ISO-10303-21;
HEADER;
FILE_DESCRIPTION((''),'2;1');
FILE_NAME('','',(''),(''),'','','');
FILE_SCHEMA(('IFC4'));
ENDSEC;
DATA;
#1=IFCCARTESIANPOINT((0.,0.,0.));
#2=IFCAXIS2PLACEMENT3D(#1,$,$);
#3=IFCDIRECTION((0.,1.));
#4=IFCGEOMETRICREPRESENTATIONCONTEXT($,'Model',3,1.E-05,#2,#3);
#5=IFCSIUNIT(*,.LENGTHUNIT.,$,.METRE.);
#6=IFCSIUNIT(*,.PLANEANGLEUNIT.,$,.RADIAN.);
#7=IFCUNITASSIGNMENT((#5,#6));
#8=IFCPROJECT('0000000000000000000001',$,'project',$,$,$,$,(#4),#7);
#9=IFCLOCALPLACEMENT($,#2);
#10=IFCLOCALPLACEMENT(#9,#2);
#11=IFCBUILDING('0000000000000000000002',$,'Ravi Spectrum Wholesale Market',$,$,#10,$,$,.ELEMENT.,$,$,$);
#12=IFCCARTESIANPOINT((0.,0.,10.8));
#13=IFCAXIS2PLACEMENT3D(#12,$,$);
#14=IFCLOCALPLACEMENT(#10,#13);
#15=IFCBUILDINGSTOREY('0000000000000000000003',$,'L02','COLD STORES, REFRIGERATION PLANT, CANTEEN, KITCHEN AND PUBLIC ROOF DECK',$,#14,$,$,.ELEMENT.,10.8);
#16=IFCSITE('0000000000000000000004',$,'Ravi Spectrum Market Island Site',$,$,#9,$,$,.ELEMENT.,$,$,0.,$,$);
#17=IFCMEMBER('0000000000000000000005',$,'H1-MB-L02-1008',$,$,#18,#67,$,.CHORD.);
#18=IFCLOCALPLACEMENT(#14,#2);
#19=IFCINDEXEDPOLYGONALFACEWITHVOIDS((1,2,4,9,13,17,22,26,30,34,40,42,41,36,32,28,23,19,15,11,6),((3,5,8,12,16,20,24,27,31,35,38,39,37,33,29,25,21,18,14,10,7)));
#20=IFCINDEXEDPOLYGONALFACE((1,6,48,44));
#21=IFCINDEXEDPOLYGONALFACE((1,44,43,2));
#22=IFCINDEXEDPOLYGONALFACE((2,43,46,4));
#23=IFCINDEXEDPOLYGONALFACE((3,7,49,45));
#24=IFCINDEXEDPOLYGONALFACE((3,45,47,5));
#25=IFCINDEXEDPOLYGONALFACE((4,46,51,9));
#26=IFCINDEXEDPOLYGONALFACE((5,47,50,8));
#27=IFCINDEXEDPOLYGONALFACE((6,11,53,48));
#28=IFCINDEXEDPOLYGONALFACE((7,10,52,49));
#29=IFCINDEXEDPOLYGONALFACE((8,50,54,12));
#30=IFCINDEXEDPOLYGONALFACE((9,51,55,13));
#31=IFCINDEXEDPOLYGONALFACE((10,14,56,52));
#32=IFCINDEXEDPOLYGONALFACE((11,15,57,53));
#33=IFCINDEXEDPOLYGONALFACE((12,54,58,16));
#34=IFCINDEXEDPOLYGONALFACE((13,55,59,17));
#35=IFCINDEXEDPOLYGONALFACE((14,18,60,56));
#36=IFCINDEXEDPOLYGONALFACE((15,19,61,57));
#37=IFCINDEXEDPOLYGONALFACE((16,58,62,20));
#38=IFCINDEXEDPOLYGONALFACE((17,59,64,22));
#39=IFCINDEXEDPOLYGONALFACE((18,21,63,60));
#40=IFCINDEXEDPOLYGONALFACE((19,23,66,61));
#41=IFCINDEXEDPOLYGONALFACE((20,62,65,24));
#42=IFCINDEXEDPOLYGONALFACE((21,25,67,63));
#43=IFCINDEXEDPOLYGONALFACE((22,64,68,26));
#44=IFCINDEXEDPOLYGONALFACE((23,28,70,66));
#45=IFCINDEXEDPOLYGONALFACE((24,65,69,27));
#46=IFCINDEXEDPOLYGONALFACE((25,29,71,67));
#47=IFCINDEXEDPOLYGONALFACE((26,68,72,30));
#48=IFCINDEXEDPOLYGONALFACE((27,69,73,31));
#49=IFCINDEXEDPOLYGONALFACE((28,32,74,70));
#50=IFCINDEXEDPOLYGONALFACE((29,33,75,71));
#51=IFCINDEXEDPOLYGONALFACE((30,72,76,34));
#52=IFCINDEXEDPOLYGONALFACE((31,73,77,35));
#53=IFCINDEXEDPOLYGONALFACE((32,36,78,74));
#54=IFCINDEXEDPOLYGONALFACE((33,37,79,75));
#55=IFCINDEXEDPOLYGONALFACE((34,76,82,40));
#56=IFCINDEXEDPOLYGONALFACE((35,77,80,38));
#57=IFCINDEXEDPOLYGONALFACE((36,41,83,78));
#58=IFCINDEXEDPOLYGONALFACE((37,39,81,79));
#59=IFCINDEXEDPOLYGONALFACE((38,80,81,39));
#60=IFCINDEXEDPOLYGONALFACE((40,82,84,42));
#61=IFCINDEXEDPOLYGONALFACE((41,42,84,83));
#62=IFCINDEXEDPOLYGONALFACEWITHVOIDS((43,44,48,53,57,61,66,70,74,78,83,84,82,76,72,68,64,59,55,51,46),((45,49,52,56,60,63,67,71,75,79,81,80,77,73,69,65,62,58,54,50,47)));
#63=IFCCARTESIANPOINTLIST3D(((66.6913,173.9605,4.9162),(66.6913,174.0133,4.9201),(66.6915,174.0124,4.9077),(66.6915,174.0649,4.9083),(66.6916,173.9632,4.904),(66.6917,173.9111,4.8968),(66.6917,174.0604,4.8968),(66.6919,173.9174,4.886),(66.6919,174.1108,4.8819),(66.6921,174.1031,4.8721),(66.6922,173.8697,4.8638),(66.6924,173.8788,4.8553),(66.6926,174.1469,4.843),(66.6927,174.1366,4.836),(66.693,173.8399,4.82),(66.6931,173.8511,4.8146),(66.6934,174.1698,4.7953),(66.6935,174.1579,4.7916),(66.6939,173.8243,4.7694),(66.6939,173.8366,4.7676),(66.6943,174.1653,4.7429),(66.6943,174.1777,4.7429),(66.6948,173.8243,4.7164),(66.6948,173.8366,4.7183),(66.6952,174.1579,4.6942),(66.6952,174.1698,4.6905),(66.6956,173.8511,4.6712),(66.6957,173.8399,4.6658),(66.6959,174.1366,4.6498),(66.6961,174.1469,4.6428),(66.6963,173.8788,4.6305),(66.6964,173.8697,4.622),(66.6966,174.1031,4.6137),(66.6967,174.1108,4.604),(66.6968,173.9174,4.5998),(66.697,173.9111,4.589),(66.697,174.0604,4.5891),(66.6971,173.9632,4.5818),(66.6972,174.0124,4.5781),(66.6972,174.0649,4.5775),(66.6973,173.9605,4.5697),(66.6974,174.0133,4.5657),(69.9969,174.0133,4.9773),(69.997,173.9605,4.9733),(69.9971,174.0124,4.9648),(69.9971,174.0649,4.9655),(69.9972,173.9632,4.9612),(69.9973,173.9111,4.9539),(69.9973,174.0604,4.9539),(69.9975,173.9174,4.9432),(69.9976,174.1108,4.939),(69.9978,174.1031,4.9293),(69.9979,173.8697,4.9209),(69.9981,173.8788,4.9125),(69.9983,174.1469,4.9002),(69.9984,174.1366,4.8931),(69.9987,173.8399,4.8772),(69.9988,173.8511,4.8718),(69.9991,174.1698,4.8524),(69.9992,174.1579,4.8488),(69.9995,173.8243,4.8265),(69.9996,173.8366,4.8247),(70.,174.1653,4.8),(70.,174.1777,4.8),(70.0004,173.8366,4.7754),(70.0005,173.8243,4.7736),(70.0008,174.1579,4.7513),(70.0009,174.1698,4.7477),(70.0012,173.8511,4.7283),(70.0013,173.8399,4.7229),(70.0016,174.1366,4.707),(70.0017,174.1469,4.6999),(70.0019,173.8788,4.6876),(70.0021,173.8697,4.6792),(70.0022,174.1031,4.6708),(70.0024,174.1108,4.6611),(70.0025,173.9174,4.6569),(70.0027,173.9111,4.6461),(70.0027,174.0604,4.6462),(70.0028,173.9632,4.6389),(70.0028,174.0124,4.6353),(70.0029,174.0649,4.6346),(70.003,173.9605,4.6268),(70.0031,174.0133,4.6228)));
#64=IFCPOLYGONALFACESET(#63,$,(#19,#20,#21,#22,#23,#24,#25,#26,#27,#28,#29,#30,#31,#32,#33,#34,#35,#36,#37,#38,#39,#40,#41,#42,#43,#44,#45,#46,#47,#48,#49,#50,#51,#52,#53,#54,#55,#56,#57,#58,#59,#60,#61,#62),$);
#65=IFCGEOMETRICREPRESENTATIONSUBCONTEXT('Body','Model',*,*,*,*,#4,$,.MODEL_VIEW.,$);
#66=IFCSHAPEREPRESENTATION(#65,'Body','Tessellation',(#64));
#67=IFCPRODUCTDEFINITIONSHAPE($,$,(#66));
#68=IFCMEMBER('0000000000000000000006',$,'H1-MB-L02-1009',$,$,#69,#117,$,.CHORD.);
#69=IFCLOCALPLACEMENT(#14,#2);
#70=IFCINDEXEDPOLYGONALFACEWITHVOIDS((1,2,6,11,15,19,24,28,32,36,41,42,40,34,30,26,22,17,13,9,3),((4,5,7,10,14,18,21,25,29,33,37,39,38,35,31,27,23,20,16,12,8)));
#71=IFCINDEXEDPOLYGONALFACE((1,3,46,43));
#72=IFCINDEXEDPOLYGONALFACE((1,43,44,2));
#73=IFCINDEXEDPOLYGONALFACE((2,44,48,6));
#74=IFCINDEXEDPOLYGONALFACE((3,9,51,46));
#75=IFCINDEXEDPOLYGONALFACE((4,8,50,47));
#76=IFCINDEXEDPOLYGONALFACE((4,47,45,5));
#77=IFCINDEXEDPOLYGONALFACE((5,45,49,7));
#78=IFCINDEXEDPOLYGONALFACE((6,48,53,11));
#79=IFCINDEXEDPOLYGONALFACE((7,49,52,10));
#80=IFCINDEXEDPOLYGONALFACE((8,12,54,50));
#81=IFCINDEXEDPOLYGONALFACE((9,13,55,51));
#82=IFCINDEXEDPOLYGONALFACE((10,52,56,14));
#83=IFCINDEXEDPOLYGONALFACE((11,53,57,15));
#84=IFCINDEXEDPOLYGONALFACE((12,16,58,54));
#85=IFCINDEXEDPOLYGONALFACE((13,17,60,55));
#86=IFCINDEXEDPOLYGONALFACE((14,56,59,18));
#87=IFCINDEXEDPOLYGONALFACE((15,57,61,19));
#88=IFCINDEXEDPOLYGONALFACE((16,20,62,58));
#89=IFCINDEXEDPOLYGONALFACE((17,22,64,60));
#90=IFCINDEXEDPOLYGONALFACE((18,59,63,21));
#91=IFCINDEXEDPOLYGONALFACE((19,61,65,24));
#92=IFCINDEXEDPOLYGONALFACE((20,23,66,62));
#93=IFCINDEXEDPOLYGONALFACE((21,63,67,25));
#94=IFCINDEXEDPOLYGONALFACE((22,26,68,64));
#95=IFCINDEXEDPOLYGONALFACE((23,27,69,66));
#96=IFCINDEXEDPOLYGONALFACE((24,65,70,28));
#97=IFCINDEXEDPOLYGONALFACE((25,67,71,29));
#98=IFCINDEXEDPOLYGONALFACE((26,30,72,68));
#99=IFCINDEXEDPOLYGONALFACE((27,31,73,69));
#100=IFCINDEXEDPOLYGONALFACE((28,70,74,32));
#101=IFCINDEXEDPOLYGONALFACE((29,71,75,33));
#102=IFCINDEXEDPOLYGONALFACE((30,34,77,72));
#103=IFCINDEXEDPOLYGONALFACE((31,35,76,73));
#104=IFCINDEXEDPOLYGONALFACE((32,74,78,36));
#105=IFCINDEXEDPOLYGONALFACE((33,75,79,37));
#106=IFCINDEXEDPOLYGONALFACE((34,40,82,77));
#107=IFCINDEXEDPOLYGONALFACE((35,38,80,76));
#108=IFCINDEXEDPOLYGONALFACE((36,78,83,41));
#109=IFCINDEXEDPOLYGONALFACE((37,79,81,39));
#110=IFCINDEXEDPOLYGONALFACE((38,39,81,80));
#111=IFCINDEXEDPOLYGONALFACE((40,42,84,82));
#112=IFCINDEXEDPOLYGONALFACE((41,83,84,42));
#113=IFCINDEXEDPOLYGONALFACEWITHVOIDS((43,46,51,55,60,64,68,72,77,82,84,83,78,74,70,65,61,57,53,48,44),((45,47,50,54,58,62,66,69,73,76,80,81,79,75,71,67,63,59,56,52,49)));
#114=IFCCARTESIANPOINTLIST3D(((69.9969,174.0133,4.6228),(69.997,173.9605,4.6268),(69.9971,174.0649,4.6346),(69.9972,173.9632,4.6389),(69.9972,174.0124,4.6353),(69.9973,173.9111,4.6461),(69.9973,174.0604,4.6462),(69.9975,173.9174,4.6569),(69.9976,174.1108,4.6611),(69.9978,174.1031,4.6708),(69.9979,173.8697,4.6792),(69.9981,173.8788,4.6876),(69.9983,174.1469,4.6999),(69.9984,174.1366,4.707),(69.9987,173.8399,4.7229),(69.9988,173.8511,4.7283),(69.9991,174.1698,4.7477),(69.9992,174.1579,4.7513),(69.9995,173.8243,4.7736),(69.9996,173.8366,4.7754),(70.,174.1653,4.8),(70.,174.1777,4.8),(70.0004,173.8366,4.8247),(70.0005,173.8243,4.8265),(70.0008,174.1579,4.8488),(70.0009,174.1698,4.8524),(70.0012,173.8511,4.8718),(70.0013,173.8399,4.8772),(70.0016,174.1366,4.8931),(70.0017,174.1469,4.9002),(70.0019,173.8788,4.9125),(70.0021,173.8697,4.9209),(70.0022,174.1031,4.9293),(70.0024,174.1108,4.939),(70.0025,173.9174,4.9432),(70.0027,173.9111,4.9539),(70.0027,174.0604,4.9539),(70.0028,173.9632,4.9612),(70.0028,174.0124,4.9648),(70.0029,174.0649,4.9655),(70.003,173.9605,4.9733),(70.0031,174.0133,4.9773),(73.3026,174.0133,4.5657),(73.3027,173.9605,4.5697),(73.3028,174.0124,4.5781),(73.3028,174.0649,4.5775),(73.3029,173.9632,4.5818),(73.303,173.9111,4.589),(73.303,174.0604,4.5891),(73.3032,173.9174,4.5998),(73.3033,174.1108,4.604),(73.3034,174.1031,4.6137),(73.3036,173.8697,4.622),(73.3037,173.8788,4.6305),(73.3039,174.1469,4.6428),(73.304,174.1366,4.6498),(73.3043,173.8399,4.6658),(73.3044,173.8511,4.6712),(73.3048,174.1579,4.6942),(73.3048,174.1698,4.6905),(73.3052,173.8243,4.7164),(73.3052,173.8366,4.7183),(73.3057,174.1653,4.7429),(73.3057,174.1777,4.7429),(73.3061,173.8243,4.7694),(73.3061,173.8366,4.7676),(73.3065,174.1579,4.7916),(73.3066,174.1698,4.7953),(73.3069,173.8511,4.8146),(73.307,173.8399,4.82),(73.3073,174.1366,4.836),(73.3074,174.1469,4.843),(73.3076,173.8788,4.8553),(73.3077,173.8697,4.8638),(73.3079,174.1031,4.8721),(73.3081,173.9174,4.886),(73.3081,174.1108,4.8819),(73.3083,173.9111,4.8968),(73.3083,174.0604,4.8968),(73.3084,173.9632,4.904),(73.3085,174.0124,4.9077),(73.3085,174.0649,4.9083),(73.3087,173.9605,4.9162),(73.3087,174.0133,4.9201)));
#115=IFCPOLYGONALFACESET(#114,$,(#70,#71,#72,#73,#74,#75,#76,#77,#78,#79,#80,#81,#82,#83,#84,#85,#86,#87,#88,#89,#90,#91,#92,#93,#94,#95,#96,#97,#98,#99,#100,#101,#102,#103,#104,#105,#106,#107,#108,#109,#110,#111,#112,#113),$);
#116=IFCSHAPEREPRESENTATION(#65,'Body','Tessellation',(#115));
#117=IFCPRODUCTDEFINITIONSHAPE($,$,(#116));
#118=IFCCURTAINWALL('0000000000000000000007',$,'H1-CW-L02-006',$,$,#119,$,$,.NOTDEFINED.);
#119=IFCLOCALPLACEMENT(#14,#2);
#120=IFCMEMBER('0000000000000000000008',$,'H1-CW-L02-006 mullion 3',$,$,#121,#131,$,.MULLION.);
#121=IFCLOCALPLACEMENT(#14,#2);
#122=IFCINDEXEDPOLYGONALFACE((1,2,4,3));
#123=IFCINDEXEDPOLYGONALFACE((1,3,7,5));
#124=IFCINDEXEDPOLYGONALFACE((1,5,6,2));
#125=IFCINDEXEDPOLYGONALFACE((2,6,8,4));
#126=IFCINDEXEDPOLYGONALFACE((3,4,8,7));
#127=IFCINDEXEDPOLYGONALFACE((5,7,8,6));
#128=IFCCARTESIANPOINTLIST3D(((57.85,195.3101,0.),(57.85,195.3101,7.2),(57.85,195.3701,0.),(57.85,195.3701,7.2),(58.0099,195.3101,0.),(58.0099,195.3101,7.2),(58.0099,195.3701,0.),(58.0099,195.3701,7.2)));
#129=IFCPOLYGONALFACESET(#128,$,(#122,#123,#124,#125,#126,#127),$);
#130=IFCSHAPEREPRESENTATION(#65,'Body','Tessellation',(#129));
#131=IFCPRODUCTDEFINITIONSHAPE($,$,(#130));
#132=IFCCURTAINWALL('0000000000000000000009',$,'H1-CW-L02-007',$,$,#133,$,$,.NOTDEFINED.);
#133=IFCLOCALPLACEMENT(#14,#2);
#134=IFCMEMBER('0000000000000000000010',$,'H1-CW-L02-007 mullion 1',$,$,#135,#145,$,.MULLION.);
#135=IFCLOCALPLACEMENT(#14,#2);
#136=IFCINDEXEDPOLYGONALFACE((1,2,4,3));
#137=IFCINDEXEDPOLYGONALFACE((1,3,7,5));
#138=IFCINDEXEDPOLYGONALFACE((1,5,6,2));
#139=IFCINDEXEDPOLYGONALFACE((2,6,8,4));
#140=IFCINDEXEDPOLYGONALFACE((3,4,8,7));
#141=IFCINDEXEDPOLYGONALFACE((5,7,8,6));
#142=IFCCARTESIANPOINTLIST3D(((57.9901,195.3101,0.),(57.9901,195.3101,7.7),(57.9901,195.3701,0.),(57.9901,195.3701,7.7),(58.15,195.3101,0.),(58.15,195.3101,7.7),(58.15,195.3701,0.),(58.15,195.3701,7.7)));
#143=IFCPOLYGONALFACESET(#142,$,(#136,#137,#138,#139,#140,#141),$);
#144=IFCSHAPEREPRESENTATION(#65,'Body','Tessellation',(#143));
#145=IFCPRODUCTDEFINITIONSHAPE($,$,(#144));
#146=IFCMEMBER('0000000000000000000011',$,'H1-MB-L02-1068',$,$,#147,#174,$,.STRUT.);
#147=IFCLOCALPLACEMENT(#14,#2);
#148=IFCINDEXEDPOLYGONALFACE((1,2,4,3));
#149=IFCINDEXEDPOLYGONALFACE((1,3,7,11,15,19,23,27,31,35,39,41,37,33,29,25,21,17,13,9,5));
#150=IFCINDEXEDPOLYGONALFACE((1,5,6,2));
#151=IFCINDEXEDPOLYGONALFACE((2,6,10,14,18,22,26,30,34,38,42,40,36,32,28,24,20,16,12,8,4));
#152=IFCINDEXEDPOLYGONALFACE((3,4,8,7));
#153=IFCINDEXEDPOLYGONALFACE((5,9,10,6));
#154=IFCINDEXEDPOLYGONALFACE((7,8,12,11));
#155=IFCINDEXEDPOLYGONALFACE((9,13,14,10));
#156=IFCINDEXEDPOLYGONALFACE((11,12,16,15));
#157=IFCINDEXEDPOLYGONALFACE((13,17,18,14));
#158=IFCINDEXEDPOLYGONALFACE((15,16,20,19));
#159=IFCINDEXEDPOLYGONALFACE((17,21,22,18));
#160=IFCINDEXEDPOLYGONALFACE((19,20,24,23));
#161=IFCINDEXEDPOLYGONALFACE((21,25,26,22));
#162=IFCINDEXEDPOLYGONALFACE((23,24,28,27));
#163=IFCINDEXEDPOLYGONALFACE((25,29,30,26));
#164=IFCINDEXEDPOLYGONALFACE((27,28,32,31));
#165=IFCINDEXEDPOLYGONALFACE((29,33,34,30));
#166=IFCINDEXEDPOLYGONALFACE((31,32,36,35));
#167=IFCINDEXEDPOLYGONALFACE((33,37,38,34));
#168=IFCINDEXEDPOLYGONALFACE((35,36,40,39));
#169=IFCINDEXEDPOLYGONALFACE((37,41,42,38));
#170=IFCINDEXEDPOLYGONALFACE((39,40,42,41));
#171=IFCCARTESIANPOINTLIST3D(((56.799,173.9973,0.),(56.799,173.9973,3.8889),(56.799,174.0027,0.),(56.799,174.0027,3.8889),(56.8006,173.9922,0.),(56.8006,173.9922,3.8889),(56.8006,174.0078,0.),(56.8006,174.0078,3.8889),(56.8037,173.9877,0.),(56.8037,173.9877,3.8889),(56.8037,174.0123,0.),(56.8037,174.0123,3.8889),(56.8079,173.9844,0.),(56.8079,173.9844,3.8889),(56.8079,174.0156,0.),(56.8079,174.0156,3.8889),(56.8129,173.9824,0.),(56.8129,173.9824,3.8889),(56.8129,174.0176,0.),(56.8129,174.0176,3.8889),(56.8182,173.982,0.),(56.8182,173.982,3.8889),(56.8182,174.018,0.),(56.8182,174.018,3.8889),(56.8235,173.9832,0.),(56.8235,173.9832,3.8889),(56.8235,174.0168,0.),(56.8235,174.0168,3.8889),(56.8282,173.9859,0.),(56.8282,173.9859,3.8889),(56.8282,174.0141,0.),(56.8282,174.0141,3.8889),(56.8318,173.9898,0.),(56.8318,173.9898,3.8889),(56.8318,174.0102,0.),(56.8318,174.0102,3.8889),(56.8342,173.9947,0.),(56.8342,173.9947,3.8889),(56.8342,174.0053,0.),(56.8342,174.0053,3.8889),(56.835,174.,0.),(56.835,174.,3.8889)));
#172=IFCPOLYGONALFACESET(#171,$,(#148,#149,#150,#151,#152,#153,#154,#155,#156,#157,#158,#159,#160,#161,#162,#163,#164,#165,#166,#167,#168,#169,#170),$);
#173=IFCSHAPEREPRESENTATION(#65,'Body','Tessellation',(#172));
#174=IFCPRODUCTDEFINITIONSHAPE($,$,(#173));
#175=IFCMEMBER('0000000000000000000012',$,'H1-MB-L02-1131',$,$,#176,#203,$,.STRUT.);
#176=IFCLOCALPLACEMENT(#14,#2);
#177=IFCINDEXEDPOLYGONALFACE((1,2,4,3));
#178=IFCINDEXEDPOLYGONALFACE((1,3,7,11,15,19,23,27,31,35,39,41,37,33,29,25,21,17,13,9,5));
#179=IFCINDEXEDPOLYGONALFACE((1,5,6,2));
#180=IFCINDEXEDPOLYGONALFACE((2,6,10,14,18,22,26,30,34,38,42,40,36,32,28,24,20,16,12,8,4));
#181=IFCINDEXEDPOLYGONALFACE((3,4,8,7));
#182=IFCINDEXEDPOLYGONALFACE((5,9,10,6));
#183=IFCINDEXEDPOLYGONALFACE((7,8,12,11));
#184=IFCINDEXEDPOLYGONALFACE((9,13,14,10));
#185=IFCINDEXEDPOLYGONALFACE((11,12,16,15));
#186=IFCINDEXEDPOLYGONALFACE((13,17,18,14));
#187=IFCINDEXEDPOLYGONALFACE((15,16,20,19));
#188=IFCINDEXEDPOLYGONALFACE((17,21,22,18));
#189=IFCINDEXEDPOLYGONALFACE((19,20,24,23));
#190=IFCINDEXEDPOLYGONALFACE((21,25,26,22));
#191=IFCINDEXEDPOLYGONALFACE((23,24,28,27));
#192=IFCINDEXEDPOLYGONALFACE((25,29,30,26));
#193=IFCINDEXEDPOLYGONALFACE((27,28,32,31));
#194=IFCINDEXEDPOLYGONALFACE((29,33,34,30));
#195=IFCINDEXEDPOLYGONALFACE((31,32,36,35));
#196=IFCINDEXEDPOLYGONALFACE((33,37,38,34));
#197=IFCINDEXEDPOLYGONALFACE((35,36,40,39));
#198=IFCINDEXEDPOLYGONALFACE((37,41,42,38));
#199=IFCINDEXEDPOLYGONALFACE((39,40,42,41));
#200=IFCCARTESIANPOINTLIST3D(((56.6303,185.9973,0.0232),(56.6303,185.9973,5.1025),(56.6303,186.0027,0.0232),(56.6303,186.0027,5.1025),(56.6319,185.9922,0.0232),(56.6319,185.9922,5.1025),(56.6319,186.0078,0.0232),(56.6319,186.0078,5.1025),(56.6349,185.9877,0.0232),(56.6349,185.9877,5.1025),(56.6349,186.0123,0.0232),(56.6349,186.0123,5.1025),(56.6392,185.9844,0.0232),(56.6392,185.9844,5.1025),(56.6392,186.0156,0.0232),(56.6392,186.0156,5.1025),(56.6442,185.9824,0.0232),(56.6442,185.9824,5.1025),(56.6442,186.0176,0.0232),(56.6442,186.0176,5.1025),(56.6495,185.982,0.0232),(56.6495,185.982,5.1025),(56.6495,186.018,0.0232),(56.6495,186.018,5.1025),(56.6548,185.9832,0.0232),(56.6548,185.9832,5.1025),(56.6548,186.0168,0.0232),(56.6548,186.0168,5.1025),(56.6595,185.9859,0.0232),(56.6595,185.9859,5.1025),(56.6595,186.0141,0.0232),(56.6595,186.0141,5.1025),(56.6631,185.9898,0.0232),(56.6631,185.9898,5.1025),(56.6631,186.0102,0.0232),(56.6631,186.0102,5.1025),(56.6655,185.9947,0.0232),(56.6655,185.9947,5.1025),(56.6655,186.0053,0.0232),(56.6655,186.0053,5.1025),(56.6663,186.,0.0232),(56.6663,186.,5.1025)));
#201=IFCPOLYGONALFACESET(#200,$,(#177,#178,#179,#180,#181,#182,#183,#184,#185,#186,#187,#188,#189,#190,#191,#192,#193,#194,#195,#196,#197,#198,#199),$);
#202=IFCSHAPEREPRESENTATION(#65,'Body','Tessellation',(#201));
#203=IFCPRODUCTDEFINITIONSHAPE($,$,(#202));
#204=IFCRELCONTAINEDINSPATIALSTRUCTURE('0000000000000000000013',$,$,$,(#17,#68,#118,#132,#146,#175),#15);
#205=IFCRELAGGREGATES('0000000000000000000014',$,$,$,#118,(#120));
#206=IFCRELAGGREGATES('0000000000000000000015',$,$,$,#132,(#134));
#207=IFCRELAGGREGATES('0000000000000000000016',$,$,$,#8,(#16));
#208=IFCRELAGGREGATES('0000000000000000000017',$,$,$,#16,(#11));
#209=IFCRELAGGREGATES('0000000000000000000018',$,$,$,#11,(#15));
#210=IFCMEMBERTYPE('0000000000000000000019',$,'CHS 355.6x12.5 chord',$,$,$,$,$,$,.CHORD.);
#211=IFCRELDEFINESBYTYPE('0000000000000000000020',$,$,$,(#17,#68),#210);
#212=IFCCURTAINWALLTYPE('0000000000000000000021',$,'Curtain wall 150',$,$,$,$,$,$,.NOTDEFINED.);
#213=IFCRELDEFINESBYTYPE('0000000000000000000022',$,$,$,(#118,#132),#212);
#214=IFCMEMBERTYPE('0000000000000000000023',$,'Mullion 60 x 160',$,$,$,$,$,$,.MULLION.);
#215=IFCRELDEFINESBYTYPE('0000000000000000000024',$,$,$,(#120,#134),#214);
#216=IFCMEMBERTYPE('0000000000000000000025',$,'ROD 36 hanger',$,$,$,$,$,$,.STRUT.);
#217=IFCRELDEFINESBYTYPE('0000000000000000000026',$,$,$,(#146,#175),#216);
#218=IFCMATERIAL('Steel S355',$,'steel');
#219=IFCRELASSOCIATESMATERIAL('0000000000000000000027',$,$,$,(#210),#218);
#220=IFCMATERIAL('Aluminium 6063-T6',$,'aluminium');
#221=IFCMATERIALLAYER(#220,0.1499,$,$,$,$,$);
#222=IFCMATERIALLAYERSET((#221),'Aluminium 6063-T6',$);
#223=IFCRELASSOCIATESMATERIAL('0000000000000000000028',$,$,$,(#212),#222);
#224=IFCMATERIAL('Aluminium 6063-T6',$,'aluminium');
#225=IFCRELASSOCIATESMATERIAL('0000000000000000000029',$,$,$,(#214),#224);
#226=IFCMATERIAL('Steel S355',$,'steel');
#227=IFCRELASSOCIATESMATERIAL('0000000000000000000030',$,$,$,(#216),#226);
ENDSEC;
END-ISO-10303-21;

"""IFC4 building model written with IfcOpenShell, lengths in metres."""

from ifc_helpers import new_model, si_unit, direction, frame, origin, origin_2d, place, context, subcontext, project, spatial, rectangle, circle, hollow_circle, extrude, material, layer, layer_set, material_profile, profile_set, type_object, element, aggregate, save


model = new_model("IFC4")

# Units and contexts
model_context = context("Model", 3, precision=1e-05, world=origin(), true_north=direction((0.0, 1.0)))
body_context = subcontext(model_context, "Body", "Model", "MODEL_VIEW")
ifc_project = project(units=[si_unit("LENGTHUNIT", "METRE"), si_unit("PLANEANGLEUNIT", "RADIAN")], contexts=[model_context])

# Site, building, storey
site_placement = place(None, origin())
site = spatial("IfcSite", under=ifc_project, at=site_placement, Name="Ravi Spectrum Market Island Site", CompositionType="ELEMENT", RefElevation=0.0)
building_placement = place(site_placement, origin())
building = spatial("IfcBuilding", under=site, at=building_placement, Name="Ravi Spectrum Wholesale Market", CompositionType="ELEMENT")
storey_placement = place(building_placement, frame((0.0, 0.0, 10.8)))
storey = spatial("IfcBuildingStorey", under=building, at=storey_placement, Name="L02", Description="COLD STORES, REFRIGERATION PLANT, CANTEEN, KITCHEN AND PUBLIC ROOF DECK", CompositionType="ELEMENT", Elevation=10.8)

# Members
ifc_material_1 = material(Name="Steel S355", Category="steel")
ifc_material_profile_1 = material_profile(ifc_material_1, hollow_circle(Radius=0.1777, WallThickness=0.0125, at=origin_2d()))
ifc_profile_set_1 = profile_set([ifc_material_profile_1], Name="Steel S355")
member_type_1 = type_object("IfcMemberType", Name="CHS 355.6x12.5 chord", PredefinedType="CHORD", material=ifc_profile_set_1)
for number, where, z_axis, x_axis, name in (
    (1, (66.6943, 174.0, 4.7429), (0.999851, 0.0, 0.01728), (0.0, 1.0, 0.0), "H1-MB-L02-1008"),
    (2, (70.0, 174.0, 4.8), (0.999851, 0.0, -0.01728), (0.0, 1.0, 0.0), "H1-MB-L02-1009"),
):
    element("IfcMember", number, at=place(storey_placement, frame(where, z_axis=z_axis, x_axis=x_axis)), inside=storey, type_object=member_type_1, Name=name, PredefinedType="CHORD", context=body_context, shape_type="SweptSolid", body=[
        extrude(hollow_circle(Radius=0.1777, WallThickness=0.0125, at=origin_2d()), origin(), (0.0, 0.0, 1.0), 3.3062),
    ])

# Curtain walls, members
ifc_material_2 = material(Name="Aluminium 6063-T6", Category="aluminium")
ifc_layer_1 = layer(ifc_material_2, 0.1499)
ifc_layer_set_1 = layer_set([ifc_layer_1], Name="Aluminium 6063-T6")
curtain_wall_type = type_object("IfcCurtainWallType", Name="Curtain wall 150", PredefinedType="NOTDEFINED", material=ifc_layer_set_1)
curtain_wall_1_placement = place(storey_placement, origin())
curtain_wall_1 = element("IfcCurtainWall", 3, at=curtain_wall_1_placement, inside=storey, type_object=curtain_wall_type, Name="H1-CW-L02-006", PredefinedType="NOTDEFINED")
ifc_material_3 = material(Name="Aluminium 6063-T6", Category="aluminium")
ifc_material_profile_2 = material_profile(ifc_material_3, rectangle(XDim=0.0601, YDim=0.1599, at=origin_2d()))
ifc_profile_set_2 = profile_set([ifc_material_profile_2], Name="Aluminium 6063-T6")
member_type_2 = type_object("IfcMemberType", Name="Mullion 60 x 160", PredefinedType="MULLION", material=ifc_profile_set_2)
member_1_placement = place(storey_placement, frame((57.9299, 195.3401, 0.0), z_axis=(0.0, 0.0, 1.0), x_axis=(0.0, 1.0, 0.0)))
member_1 = element("IfcMember", 4, at=member_1_placement, type_object=member_type_2, Name="H1-CW-L02-006 mullion 3", PredefinedType="MULLION", context=body_context, shape_type="SweptSolid", body=[
    extrude(rectangle(XDim=0.0601, YDim=0.1599, at=origin_2d()), origin(), (0.0, 0.0, 1.0), 7.2),
])
curtain_wall_2_placement = place(storey_placement, origin())
curtain_wall_2 = element("IfcCurtainWall", 5, at=curtain_wall_2_placement, inside=storey, type_object=curtain_wall_type, Name="H1-CW-L02-007", PredefinedType="NOTDEFINED")
member_2_placement = place(storey_placement, frame((58.0701, 195.3401, 0.0), z_axis=(0.0, 0.0, 1.0), x_axis=(0.0, 1.0, 0.0)))
member_2 = element("IfcMember", 6, at=member_2_placement, type_object=member_type_2, Name="H1-CW-L02-007 mullion 1", PredefinedType="MULLION", context=body_context, shape_type="SweptSolid", body=[
    extrude(rectangle(XDim=0.0601, YDim=0.1599, at=origin_2d()), origin(), (0.0, 0.0, 1.0), 7.7),
])

# Members
ifc_material_4 = material(Name="Steel S355", Category="steel")
ifc_material_profile_3 = material_profile(ifc_material_4, circle(Radius=0.0181, at=origin_2d()))
ifc_profile_set_3 = profile_set([ifc_material_profile_3], Name="Steel S355")
member_type_3 = type_object("IfcMemberType", Name="ROD 36 hanger", PredefinedType="STRUT", material=ifc_profile_set_3)
member_3_placement = place(storey_placement, frame((56.8169, 174.0, 0.0), z_axis=(0.0, 0.0, 1.0), x_axis=(1.0, 0.0, 0.0)))
element("IfcMember", 7, at=member_3_placement, inside=storey, type_object=member_type_3, Name="H1-MB-L02-1068", PredefinedType="STRUT", context=body_context, shape_type="SweptSolid", body=[
    extrude(circle(Radius=0.0181, at=origin_2d()), origin(), (0.0, 0.0, 1.0), 3.8889),
])
member_4_placement = place(storey_placement, frame((56.6482, 186.0, 0.0232), z_axis=(0.0, 0.0, 1.0), x_axis=(1.0, 0.0, 0.0)))
element("IfcMember", 8, at=member_4_placement, inside=storey, type_object=member_type_3, Name="H1-MB-L02-1131", PredefinedType="STRUT", context=body_context, shape_type="SweptSolid", body=[
    extrude(circle(Radius=0.0181, at=origin_2d()), origin(), (0.0, 0.0, 1.0), 5.0793),
])

aggregate(curtain_wall_1, [member_1])
aggregate(curtain_wall_2, [member_2])

save(model, "model.ifc")
